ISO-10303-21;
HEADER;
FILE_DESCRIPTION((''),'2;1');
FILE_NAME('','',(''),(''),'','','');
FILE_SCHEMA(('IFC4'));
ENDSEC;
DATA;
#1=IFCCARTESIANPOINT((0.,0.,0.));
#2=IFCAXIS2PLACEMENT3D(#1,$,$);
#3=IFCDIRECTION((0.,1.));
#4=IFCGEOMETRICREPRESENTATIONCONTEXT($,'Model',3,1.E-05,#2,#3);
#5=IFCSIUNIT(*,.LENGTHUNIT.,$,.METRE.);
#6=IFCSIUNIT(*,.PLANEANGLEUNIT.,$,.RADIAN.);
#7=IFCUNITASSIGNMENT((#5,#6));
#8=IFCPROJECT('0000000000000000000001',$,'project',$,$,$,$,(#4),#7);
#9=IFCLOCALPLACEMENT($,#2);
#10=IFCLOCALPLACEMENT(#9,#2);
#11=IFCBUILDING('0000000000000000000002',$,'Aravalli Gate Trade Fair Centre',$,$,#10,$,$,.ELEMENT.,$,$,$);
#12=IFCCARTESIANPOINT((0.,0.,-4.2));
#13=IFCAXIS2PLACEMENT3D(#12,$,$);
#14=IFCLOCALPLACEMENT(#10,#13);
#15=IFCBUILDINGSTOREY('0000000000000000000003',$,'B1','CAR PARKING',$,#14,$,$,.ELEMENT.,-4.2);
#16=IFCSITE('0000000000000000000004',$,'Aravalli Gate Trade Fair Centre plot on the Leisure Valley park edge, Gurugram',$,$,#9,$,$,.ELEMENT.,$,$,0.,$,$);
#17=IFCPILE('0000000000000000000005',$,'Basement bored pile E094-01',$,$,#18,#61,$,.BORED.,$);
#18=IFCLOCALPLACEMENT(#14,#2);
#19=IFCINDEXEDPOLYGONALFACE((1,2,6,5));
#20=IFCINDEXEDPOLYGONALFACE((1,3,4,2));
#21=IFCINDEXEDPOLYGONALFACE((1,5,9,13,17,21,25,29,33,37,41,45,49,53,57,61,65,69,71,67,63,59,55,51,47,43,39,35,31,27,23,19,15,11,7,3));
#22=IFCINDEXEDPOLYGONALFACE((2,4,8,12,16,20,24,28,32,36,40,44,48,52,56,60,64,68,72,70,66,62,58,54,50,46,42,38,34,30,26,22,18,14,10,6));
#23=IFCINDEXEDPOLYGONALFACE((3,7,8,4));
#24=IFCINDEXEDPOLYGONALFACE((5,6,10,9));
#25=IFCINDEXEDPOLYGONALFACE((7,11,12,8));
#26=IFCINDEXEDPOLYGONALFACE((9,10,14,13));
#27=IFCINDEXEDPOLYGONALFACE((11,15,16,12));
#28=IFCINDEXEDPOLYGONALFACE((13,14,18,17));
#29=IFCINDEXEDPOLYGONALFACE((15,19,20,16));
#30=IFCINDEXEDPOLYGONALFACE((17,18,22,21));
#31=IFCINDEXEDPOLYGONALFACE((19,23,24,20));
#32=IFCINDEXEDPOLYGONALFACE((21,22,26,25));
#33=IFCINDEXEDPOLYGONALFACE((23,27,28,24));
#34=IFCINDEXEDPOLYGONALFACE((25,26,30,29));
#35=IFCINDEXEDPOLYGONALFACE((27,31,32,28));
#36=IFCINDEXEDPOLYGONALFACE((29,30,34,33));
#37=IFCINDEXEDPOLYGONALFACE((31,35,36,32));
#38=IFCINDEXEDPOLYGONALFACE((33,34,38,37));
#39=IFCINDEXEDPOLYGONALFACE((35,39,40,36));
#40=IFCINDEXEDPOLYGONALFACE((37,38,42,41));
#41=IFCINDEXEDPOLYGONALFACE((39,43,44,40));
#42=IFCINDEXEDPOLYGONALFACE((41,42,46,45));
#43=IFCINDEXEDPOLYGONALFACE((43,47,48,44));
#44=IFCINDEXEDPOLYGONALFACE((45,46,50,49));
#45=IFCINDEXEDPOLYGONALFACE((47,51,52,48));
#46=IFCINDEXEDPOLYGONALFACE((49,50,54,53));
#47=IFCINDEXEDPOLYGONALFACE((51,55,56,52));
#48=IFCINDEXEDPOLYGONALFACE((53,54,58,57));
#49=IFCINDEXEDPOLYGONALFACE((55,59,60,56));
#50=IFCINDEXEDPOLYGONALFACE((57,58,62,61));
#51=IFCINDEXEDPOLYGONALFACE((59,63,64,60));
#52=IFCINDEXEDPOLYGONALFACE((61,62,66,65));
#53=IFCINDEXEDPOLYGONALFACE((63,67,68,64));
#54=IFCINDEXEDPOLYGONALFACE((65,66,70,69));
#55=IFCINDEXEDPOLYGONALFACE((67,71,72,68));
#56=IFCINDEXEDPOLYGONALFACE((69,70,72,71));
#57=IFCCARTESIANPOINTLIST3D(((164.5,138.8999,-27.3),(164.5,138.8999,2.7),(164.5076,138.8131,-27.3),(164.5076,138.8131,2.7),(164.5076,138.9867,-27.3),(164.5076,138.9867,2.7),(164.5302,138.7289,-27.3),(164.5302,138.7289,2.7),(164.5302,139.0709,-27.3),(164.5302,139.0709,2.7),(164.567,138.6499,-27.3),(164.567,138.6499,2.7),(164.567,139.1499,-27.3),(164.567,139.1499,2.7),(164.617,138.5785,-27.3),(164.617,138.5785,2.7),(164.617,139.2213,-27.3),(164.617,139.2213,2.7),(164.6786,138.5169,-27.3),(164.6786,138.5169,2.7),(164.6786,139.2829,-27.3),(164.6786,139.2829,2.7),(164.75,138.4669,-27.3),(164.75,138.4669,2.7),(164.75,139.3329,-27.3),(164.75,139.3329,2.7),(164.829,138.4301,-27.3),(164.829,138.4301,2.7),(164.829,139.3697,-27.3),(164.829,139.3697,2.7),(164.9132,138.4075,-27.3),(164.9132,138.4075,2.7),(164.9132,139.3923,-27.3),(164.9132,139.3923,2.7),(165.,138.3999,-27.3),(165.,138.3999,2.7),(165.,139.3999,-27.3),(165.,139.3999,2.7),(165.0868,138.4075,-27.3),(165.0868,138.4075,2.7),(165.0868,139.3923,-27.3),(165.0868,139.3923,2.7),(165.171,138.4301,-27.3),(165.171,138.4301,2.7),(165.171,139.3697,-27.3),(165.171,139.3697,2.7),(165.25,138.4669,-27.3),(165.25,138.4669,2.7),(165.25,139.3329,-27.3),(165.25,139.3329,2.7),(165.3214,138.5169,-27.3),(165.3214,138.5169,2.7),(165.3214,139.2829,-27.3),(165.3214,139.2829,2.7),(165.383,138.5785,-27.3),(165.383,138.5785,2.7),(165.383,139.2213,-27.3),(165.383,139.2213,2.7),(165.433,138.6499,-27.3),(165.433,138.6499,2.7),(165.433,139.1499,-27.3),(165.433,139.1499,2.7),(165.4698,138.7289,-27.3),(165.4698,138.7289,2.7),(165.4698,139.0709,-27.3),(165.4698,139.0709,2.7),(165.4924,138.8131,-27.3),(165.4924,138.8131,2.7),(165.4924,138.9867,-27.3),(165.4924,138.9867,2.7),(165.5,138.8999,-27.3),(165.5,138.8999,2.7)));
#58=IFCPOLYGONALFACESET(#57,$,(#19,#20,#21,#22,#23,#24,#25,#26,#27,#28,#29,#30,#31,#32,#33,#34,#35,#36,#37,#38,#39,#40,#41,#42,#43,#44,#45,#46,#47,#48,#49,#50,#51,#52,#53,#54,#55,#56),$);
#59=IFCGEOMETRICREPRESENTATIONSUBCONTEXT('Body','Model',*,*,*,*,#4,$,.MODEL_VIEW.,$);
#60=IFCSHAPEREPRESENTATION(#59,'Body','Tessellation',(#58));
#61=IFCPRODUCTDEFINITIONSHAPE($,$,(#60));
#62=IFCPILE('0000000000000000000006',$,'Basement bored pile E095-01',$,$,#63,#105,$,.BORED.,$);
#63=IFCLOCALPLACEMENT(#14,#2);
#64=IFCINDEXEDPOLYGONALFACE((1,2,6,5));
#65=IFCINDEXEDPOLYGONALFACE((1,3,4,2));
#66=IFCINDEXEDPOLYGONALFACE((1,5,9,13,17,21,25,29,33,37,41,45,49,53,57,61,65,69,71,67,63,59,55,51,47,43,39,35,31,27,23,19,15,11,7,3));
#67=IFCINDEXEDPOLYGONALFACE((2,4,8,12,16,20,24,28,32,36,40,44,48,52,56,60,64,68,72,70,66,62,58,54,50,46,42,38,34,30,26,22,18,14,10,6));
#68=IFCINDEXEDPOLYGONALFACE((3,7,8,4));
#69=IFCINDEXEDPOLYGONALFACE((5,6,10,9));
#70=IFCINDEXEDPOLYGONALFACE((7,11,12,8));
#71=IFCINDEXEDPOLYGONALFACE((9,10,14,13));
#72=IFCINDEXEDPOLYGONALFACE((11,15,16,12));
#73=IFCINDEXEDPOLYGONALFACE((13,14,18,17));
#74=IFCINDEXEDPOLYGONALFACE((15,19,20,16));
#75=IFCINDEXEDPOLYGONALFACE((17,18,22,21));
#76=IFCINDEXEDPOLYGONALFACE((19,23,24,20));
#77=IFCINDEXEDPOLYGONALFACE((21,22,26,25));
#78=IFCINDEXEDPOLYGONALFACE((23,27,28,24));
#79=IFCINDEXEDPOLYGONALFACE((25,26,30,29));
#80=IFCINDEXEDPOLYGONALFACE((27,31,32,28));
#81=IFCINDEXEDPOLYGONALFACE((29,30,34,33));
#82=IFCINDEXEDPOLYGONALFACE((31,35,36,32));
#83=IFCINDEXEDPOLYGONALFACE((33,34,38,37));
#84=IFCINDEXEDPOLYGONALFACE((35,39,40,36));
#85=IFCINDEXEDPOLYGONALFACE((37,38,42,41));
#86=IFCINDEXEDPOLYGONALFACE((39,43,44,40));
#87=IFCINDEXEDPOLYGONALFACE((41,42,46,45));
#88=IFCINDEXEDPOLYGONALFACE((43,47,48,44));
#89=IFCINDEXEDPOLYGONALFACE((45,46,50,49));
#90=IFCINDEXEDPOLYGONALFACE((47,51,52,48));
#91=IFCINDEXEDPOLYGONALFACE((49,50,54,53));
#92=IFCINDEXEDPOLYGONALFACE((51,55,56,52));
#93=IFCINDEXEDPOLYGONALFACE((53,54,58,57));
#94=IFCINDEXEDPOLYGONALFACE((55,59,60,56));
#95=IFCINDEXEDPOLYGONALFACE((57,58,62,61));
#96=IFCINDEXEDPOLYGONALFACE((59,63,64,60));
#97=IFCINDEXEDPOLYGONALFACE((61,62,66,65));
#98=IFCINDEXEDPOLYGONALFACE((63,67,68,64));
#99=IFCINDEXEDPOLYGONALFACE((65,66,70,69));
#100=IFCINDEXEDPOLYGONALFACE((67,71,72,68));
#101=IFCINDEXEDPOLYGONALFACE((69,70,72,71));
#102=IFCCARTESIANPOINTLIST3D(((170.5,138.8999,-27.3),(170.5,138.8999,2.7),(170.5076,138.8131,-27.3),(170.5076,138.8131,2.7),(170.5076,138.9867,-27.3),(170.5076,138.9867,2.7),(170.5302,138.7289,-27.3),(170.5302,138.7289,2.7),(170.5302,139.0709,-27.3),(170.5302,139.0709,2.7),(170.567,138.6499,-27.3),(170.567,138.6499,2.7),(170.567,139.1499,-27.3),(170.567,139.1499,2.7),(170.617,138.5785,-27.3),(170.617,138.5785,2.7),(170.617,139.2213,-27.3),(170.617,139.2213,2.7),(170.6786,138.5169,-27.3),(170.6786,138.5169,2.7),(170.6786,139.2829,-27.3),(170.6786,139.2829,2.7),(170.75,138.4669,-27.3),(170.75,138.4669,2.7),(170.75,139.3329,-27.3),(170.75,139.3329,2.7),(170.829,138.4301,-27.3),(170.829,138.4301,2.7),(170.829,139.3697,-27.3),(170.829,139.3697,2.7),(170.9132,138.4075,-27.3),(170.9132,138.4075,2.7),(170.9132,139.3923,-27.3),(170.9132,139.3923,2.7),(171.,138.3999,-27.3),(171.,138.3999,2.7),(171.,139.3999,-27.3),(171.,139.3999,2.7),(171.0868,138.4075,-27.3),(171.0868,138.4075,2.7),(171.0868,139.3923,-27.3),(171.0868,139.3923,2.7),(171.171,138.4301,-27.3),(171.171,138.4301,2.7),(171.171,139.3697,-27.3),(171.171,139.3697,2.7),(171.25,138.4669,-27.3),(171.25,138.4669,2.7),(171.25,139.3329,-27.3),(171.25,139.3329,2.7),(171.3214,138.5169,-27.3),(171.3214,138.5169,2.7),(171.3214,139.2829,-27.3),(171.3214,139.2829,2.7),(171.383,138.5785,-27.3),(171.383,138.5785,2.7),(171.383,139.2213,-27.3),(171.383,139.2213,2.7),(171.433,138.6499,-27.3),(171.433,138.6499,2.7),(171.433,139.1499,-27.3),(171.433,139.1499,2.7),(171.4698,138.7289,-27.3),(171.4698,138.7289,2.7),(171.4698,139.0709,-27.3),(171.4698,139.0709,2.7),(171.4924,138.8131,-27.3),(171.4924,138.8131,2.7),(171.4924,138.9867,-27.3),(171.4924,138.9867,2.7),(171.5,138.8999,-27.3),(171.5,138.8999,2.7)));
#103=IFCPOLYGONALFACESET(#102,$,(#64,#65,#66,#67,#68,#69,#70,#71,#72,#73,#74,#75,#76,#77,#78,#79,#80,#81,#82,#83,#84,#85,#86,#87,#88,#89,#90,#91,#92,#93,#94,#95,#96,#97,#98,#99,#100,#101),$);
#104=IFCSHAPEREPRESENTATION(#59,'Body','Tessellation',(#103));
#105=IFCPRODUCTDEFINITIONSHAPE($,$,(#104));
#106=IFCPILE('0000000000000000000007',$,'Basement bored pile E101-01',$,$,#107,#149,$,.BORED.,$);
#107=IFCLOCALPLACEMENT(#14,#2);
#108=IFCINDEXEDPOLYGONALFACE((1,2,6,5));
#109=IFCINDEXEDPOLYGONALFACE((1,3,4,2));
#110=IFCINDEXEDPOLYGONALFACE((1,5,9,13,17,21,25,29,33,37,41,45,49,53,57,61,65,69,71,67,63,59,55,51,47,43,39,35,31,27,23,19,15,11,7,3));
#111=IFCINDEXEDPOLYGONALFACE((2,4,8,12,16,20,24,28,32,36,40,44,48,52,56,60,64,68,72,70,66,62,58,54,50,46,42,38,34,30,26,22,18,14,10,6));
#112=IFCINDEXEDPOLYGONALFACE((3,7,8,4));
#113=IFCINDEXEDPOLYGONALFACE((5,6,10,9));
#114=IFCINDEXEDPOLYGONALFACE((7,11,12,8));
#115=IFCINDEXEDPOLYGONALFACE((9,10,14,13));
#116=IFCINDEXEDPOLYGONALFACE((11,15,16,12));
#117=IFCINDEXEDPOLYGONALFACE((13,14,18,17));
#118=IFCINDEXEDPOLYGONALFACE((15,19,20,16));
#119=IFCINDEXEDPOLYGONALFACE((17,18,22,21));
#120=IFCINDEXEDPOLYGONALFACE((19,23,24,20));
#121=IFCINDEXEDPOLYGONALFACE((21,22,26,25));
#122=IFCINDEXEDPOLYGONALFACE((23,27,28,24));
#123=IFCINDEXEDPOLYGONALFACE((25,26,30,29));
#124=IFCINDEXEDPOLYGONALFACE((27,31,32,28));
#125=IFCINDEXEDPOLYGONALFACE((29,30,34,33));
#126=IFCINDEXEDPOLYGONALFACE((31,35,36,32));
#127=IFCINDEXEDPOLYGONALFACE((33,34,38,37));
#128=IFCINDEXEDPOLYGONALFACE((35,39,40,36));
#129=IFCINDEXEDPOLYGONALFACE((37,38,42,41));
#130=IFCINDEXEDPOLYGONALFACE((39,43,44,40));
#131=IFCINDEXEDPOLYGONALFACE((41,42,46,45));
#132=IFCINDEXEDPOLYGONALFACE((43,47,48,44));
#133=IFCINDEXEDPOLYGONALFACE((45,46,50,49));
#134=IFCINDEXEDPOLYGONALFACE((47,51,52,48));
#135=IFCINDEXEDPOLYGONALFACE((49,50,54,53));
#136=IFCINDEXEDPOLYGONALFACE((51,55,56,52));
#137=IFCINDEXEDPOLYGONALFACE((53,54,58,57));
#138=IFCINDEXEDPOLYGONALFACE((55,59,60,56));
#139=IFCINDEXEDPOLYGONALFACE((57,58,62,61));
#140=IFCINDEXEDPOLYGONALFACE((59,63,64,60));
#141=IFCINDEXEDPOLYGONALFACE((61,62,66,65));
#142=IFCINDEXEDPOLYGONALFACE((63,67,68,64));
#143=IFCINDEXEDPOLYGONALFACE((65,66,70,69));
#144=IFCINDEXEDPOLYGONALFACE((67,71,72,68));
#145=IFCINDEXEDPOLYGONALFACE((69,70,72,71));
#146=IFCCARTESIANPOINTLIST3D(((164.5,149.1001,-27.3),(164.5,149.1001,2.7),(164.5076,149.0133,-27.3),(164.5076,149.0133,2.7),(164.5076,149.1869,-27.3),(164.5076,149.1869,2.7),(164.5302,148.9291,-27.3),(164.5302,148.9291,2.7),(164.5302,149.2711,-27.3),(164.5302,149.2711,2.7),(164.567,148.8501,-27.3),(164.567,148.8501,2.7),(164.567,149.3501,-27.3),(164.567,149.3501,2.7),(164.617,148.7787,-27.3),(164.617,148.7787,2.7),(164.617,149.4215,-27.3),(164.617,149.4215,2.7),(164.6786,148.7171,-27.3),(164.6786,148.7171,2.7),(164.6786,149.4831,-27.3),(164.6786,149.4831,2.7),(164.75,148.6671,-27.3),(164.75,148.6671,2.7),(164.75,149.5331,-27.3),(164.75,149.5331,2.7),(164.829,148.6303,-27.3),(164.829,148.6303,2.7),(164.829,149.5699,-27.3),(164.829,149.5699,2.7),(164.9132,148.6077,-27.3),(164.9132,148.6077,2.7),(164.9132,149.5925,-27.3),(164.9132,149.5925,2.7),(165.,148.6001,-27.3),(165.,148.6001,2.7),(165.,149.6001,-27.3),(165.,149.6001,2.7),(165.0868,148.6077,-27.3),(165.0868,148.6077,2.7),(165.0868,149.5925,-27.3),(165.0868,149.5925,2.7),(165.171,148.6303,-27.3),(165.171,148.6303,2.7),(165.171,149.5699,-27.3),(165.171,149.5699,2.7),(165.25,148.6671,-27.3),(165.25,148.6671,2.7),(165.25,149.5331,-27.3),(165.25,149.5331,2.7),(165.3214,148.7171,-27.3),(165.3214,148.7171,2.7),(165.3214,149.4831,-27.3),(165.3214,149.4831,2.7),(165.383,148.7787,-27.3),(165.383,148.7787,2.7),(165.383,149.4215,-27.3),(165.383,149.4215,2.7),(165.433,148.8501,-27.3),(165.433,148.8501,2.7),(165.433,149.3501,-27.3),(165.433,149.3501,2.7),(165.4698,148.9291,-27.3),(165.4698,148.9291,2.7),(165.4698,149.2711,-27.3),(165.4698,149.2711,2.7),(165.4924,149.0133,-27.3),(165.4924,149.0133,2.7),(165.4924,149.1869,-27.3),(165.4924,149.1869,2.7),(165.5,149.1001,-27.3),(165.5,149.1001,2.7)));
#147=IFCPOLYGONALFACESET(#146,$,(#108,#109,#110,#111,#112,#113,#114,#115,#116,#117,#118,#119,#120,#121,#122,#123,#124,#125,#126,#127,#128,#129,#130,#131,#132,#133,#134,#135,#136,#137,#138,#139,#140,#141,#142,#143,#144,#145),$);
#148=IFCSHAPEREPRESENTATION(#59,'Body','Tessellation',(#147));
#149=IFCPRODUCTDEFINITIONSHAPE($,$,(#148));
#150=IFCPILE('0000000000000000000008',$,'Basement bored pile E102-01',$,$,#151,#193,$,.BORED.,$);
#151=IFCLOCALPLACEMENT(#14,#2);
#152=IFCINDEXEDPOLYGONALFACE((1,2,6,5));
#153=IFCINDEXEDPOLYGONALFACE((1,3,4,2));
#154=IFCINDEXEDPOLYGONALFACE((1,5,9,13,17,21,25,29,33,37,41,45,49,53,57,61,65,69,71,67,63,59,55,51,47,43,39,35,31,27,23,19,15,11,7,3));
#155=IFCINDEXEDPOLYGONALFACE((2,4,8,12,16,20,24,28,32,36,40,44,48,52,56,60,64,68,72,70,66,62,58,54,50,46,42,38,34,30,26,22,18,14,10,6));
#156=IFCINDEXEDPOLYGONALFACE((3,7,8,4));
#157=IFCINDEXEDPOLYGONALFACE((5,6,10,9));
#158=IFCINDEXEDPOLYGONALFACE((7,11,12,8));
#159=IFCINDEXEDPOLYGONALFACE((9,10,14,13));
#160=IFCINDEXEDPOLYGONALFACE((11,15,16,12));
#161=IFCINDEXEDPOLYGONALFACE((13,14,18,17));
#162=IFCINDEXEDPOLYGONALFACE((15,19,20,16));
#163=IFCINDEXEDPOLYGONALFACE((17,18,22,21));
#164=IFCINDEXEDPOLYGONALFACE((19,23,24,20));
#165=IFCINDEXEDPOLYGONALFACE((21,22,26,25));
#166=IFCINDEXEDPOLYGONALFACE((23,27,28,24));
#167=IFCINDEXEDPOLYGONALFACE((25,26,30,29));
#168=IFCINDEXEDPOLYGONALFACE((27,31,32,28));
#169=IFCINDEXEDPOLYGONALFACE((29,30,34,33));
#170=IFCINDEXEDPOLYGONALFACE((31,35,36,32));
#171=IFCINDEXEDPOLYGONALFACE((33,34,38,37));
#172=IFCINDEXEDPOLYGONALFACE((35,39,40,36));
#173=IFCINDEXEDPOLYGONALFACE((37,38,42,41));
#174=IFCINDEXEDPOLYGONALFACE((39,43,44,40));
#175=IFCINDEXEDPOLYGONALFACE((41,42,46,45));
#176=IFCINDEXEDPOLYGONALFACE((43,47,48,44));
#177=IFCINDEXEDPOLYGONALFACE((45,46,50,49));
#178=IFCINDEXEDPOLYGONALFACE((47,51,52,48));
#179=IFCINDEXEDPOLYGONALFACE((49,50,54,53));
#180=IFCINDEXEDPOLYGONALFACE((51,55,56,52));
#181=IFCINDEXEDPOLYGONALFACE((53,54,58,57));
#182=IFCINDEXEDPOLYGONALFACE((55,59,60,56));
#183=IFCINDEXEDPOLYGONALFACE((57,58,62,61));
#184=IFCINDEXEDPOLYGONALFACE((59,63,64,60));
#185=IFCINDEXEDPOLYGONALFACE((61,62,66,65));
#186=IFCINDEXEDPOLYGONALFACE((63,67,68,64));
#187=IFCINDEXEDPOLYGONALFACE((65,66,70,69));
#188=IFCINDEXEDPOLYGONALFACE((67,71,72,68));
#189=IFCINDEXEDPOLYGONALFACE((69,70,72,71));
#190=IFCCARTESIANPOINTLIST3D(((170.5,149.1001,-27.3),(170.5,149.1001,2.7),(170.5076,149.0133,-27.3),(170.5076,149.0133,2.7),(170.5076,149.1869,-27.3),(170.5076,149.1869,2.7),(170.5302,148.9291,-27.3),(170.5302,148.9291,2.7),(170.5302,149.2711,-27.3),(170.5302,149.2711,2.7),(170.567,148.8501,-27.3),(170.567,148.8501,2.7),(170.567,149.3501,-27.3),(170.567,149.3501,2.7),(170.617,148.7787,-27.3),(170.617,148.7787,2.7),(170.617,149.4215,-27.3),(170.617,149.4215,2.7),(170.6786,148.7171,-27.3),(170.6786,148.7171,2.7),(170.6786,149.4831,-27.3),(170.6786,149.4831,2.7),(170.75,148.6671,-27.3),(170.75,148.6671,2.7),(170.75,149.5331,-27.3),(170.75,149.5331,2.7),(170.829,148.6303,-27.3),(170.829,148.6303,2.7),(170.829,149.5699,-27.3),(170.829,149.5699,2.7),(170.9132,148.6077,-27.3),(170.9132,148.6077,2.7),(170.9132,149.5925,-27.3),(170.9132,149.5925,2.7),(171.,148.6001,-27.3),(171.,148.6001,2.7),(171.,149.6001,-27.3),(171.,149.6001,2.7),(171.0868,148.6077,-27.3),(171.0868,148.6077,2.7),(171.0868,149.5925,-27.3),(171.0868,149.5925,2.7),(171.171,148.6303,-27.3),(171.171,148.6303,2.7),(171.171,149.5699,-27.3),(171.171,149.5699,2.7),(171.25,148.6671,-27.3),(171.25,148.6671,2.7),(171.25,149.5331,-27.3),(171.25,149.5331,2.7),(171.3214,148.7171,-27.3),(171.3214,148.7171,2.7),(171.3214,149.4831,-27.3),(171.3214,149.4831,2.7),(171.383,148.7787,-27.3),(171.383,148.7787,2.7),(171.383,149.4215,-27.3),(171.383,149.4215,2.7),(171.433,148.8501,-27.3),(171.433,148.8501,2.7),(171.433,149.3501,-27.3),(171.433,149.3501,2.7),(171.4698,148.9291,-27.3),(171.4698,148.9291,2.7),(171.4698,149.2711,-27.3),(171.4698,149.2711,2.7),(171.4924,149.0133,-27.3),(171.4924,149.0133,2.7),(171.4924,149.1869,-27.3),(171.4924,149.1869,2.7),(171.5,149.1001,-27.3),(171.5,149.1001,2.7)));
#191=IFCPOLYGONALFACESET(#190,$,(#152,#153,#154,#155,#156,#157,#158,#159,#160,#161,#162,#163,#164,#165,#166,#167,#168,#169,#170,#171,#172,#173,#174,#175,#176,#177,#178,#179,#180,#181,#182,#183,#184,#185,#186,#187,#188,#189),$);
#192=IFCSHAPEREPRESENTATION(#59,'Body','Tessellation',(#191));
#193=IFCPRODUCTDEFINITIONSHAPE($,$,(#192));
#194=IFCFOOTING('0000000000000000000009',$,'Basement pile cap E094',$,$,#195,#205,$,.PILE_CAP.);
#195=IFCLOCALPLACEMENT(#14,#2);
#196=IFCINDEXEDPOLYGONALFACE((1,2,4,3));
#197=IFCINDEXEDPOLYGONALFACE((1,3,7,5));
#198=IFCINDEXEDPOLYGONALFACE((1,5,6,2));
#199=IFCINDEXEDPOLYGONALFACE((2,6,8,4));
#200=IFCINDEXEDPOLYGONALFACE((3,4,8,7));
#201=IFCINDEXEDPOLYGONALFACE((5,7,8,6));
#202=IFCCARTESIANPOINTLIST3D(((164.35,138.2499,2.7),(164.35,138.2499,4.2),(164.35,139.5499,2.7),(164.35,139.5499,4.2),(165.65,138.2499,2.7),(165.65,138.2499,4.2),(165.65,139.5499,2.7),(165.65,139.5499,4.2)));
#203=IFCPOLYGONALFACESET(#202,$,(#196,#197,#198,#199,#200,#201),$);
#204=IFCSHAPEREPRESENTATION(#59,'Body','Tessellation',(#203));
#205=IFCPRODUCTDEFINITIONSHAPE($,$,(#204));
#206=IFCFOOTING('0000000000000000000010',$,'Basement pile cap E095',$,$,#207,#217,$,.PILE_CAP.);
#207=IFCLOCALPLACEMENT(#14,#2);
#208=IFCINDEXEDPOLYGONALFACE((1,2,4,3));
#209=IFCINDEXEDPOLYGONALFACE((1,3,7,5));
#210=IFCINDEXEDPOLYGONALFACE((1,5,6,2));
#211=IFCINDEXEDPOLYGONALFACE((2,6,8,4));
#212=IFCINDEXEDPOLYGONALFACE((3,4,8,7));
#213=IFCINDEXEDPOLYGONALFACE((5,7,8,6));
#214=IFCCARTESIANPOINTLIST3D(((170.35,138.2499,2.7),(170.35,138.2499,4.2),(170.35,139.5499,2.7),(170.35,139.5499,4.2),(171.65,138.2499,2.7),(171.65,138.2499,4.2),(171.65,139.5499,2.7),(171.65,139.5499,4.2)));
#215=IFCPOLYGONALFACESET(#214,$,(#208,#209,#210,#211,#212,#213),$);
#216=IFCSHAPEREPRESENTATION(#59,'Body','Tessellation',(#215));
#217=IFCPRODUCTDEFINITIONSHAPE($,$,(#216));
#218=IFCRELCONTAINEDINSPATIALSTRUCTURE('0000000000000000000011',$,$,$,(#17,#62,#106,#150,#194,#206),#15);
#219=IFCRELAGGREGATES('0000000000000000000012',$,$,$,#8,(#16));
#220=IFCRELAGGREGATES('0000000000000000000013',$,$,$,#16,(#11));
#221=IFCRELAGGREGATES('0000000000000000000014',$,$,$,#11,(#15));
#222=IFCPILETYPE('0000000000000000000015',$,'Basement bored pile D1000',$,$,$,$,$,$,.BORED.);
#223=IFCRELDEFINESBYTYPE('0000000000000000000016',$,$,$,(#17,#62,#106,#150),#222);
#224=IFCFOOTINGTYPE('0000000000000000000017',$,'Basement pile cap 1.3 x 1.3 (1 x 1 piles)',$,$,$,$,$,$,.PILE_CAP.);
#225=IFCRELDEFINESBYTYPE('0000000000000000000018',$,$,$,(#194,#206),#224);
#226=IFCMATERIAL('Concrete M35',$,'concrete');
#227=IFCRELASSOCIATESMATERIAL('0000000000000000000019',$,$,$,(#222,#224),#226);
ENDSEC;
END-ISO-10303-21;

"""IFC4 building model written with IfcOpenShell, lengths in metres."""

from ifc_helpers import new_model, si_unit, direction, frame, origin, origin_2d, place, context, subcontext, project, spatial, rectangle, circle, extrude, material, material_profile, profile_set, type_object, element, save


model = new_model("IFC4")

# Units and contexts
model_context = context("Model", 3, precision=1e-05, world=origin(), true_north=direction((0.0, 1.0)))
body_context = subcontext(model_context, "Body", "Model", "MODEL_VIEW")
ifc_project = project(units=[si_unit("LENGTHUNIT", "METRE"), si_unit("PLANEANGLEUNIT", "RADIAN")], contexts=[model_context])

# Site, building, storey
site_placement = place(None, origin())
site = spatial("IfcSite", under=ifc_project, at=site_placement, Name="Aravalli Gate Trade Fair Centre plot on the Leisure Valley park edge, Gurugram", CompositionType="ELEMENT", RefElevation=0.0)
building_placement = place(site_placement, origin())
building = spatial("IfcBuilding", under=site, at=building_placement, Name="Aravalli Gate Trade Fair Centre", CompositionType="ELEMENT")
storey_placement = place(building_placement, frame((0.0, 0.0, -4.2)))
storey = spatial("IfcBuildingStorey", under=building, at=storey_placement, Name="B1", Description="CAR PARKING", CompositionType="ELEMENT", Elevation=-4.2)

# Piles
ifc_material_1 = material(Name="Concrete M35", Category="concrete")
ifc_material_profile_1 = material_profile(ifc_material_1, circle(Radius=0.5, at=origin_2d()), Name="D1000")
ifc_profile_set_1 = profile_set([ifc_material_profile_1], Name="Concrete M35")
pile_type = type_object("IfcPileType", Name="Basement bored pile D1000", PredefinedType="BORED", material=ifc_profile_set_1)
for number, where, z_axis, x_axis, name in (
    (1, (165.0, 138.8999, 2.7), (0.0, 0.0, -1.0), (1.0, 0.0, 0.0), "Basement bored pile E094-01"),
    (2, (171.0, 138.8999, 2.7), (0.0, 0.0, -1.0), (1.0, 0.0, 0.0), "Basement bored pile E095-01"),
    (3, (165.0, 149.1001, 2.7), (0.0, 0.0, -1.0), (1.0, 0.0, 0.0), "Basement bored pile E101-01"),
    (4, (171.0, 149.1001, 2.7), (0.0, 0.0, -1.0), (1.0, 0.0, 0.0), "Basement bored pile E102-01"),
):
    element("IfcPile", number, at=place(storey_placement, frame(where, z_axis=z_axis, x_axis=x_axis)), inside=storey, type_object=pile_type, Name=name, PredefinedType="BORED", context=body_context, shape_type="SweptSolid", body=[
        extrude(circle(Radius=0.5, at=origin_2d()), origin(), (0.0, 0.0, 1.0), 30.0),
    ])

# Footings
footing_type = type_object("IfcFootingType", Name="Basement pile cap 1.3 x 1.3 (1 x 1 piles)", PredefinedType="PILE_CAP", material=ifc_material_1)
for number, where, z_axis, x_axis, name in (
    (5, (165.0, 138.8999, 2.7), (0.0, 0.0, 1.0), (1.0, 0.0, 0.0), "Basement pile cap E094"),
    (6, (171.0, 138.8999, 2.7), (0.0, 0.0, 1.0), (1.0, 0.0, 0.0), "Basement pile cap E095"),
):
    element("IfcFooting", number, at=place(storey_placement, frame(where, z_axis=z_axis, x_axis=x_axis)), inside=storey, type_object=footing_type, Name=name, PredefinedType="PILE_CAP", context=body_context, shape_type="SweptSolid", body=[
        extrude(rectangle(XDim=1.3, YDim=1.3, at=origin_2d()), origin(), (0.0, 0.0, 1.0), 1.5),
    ])

save(model, "model.ifc")
